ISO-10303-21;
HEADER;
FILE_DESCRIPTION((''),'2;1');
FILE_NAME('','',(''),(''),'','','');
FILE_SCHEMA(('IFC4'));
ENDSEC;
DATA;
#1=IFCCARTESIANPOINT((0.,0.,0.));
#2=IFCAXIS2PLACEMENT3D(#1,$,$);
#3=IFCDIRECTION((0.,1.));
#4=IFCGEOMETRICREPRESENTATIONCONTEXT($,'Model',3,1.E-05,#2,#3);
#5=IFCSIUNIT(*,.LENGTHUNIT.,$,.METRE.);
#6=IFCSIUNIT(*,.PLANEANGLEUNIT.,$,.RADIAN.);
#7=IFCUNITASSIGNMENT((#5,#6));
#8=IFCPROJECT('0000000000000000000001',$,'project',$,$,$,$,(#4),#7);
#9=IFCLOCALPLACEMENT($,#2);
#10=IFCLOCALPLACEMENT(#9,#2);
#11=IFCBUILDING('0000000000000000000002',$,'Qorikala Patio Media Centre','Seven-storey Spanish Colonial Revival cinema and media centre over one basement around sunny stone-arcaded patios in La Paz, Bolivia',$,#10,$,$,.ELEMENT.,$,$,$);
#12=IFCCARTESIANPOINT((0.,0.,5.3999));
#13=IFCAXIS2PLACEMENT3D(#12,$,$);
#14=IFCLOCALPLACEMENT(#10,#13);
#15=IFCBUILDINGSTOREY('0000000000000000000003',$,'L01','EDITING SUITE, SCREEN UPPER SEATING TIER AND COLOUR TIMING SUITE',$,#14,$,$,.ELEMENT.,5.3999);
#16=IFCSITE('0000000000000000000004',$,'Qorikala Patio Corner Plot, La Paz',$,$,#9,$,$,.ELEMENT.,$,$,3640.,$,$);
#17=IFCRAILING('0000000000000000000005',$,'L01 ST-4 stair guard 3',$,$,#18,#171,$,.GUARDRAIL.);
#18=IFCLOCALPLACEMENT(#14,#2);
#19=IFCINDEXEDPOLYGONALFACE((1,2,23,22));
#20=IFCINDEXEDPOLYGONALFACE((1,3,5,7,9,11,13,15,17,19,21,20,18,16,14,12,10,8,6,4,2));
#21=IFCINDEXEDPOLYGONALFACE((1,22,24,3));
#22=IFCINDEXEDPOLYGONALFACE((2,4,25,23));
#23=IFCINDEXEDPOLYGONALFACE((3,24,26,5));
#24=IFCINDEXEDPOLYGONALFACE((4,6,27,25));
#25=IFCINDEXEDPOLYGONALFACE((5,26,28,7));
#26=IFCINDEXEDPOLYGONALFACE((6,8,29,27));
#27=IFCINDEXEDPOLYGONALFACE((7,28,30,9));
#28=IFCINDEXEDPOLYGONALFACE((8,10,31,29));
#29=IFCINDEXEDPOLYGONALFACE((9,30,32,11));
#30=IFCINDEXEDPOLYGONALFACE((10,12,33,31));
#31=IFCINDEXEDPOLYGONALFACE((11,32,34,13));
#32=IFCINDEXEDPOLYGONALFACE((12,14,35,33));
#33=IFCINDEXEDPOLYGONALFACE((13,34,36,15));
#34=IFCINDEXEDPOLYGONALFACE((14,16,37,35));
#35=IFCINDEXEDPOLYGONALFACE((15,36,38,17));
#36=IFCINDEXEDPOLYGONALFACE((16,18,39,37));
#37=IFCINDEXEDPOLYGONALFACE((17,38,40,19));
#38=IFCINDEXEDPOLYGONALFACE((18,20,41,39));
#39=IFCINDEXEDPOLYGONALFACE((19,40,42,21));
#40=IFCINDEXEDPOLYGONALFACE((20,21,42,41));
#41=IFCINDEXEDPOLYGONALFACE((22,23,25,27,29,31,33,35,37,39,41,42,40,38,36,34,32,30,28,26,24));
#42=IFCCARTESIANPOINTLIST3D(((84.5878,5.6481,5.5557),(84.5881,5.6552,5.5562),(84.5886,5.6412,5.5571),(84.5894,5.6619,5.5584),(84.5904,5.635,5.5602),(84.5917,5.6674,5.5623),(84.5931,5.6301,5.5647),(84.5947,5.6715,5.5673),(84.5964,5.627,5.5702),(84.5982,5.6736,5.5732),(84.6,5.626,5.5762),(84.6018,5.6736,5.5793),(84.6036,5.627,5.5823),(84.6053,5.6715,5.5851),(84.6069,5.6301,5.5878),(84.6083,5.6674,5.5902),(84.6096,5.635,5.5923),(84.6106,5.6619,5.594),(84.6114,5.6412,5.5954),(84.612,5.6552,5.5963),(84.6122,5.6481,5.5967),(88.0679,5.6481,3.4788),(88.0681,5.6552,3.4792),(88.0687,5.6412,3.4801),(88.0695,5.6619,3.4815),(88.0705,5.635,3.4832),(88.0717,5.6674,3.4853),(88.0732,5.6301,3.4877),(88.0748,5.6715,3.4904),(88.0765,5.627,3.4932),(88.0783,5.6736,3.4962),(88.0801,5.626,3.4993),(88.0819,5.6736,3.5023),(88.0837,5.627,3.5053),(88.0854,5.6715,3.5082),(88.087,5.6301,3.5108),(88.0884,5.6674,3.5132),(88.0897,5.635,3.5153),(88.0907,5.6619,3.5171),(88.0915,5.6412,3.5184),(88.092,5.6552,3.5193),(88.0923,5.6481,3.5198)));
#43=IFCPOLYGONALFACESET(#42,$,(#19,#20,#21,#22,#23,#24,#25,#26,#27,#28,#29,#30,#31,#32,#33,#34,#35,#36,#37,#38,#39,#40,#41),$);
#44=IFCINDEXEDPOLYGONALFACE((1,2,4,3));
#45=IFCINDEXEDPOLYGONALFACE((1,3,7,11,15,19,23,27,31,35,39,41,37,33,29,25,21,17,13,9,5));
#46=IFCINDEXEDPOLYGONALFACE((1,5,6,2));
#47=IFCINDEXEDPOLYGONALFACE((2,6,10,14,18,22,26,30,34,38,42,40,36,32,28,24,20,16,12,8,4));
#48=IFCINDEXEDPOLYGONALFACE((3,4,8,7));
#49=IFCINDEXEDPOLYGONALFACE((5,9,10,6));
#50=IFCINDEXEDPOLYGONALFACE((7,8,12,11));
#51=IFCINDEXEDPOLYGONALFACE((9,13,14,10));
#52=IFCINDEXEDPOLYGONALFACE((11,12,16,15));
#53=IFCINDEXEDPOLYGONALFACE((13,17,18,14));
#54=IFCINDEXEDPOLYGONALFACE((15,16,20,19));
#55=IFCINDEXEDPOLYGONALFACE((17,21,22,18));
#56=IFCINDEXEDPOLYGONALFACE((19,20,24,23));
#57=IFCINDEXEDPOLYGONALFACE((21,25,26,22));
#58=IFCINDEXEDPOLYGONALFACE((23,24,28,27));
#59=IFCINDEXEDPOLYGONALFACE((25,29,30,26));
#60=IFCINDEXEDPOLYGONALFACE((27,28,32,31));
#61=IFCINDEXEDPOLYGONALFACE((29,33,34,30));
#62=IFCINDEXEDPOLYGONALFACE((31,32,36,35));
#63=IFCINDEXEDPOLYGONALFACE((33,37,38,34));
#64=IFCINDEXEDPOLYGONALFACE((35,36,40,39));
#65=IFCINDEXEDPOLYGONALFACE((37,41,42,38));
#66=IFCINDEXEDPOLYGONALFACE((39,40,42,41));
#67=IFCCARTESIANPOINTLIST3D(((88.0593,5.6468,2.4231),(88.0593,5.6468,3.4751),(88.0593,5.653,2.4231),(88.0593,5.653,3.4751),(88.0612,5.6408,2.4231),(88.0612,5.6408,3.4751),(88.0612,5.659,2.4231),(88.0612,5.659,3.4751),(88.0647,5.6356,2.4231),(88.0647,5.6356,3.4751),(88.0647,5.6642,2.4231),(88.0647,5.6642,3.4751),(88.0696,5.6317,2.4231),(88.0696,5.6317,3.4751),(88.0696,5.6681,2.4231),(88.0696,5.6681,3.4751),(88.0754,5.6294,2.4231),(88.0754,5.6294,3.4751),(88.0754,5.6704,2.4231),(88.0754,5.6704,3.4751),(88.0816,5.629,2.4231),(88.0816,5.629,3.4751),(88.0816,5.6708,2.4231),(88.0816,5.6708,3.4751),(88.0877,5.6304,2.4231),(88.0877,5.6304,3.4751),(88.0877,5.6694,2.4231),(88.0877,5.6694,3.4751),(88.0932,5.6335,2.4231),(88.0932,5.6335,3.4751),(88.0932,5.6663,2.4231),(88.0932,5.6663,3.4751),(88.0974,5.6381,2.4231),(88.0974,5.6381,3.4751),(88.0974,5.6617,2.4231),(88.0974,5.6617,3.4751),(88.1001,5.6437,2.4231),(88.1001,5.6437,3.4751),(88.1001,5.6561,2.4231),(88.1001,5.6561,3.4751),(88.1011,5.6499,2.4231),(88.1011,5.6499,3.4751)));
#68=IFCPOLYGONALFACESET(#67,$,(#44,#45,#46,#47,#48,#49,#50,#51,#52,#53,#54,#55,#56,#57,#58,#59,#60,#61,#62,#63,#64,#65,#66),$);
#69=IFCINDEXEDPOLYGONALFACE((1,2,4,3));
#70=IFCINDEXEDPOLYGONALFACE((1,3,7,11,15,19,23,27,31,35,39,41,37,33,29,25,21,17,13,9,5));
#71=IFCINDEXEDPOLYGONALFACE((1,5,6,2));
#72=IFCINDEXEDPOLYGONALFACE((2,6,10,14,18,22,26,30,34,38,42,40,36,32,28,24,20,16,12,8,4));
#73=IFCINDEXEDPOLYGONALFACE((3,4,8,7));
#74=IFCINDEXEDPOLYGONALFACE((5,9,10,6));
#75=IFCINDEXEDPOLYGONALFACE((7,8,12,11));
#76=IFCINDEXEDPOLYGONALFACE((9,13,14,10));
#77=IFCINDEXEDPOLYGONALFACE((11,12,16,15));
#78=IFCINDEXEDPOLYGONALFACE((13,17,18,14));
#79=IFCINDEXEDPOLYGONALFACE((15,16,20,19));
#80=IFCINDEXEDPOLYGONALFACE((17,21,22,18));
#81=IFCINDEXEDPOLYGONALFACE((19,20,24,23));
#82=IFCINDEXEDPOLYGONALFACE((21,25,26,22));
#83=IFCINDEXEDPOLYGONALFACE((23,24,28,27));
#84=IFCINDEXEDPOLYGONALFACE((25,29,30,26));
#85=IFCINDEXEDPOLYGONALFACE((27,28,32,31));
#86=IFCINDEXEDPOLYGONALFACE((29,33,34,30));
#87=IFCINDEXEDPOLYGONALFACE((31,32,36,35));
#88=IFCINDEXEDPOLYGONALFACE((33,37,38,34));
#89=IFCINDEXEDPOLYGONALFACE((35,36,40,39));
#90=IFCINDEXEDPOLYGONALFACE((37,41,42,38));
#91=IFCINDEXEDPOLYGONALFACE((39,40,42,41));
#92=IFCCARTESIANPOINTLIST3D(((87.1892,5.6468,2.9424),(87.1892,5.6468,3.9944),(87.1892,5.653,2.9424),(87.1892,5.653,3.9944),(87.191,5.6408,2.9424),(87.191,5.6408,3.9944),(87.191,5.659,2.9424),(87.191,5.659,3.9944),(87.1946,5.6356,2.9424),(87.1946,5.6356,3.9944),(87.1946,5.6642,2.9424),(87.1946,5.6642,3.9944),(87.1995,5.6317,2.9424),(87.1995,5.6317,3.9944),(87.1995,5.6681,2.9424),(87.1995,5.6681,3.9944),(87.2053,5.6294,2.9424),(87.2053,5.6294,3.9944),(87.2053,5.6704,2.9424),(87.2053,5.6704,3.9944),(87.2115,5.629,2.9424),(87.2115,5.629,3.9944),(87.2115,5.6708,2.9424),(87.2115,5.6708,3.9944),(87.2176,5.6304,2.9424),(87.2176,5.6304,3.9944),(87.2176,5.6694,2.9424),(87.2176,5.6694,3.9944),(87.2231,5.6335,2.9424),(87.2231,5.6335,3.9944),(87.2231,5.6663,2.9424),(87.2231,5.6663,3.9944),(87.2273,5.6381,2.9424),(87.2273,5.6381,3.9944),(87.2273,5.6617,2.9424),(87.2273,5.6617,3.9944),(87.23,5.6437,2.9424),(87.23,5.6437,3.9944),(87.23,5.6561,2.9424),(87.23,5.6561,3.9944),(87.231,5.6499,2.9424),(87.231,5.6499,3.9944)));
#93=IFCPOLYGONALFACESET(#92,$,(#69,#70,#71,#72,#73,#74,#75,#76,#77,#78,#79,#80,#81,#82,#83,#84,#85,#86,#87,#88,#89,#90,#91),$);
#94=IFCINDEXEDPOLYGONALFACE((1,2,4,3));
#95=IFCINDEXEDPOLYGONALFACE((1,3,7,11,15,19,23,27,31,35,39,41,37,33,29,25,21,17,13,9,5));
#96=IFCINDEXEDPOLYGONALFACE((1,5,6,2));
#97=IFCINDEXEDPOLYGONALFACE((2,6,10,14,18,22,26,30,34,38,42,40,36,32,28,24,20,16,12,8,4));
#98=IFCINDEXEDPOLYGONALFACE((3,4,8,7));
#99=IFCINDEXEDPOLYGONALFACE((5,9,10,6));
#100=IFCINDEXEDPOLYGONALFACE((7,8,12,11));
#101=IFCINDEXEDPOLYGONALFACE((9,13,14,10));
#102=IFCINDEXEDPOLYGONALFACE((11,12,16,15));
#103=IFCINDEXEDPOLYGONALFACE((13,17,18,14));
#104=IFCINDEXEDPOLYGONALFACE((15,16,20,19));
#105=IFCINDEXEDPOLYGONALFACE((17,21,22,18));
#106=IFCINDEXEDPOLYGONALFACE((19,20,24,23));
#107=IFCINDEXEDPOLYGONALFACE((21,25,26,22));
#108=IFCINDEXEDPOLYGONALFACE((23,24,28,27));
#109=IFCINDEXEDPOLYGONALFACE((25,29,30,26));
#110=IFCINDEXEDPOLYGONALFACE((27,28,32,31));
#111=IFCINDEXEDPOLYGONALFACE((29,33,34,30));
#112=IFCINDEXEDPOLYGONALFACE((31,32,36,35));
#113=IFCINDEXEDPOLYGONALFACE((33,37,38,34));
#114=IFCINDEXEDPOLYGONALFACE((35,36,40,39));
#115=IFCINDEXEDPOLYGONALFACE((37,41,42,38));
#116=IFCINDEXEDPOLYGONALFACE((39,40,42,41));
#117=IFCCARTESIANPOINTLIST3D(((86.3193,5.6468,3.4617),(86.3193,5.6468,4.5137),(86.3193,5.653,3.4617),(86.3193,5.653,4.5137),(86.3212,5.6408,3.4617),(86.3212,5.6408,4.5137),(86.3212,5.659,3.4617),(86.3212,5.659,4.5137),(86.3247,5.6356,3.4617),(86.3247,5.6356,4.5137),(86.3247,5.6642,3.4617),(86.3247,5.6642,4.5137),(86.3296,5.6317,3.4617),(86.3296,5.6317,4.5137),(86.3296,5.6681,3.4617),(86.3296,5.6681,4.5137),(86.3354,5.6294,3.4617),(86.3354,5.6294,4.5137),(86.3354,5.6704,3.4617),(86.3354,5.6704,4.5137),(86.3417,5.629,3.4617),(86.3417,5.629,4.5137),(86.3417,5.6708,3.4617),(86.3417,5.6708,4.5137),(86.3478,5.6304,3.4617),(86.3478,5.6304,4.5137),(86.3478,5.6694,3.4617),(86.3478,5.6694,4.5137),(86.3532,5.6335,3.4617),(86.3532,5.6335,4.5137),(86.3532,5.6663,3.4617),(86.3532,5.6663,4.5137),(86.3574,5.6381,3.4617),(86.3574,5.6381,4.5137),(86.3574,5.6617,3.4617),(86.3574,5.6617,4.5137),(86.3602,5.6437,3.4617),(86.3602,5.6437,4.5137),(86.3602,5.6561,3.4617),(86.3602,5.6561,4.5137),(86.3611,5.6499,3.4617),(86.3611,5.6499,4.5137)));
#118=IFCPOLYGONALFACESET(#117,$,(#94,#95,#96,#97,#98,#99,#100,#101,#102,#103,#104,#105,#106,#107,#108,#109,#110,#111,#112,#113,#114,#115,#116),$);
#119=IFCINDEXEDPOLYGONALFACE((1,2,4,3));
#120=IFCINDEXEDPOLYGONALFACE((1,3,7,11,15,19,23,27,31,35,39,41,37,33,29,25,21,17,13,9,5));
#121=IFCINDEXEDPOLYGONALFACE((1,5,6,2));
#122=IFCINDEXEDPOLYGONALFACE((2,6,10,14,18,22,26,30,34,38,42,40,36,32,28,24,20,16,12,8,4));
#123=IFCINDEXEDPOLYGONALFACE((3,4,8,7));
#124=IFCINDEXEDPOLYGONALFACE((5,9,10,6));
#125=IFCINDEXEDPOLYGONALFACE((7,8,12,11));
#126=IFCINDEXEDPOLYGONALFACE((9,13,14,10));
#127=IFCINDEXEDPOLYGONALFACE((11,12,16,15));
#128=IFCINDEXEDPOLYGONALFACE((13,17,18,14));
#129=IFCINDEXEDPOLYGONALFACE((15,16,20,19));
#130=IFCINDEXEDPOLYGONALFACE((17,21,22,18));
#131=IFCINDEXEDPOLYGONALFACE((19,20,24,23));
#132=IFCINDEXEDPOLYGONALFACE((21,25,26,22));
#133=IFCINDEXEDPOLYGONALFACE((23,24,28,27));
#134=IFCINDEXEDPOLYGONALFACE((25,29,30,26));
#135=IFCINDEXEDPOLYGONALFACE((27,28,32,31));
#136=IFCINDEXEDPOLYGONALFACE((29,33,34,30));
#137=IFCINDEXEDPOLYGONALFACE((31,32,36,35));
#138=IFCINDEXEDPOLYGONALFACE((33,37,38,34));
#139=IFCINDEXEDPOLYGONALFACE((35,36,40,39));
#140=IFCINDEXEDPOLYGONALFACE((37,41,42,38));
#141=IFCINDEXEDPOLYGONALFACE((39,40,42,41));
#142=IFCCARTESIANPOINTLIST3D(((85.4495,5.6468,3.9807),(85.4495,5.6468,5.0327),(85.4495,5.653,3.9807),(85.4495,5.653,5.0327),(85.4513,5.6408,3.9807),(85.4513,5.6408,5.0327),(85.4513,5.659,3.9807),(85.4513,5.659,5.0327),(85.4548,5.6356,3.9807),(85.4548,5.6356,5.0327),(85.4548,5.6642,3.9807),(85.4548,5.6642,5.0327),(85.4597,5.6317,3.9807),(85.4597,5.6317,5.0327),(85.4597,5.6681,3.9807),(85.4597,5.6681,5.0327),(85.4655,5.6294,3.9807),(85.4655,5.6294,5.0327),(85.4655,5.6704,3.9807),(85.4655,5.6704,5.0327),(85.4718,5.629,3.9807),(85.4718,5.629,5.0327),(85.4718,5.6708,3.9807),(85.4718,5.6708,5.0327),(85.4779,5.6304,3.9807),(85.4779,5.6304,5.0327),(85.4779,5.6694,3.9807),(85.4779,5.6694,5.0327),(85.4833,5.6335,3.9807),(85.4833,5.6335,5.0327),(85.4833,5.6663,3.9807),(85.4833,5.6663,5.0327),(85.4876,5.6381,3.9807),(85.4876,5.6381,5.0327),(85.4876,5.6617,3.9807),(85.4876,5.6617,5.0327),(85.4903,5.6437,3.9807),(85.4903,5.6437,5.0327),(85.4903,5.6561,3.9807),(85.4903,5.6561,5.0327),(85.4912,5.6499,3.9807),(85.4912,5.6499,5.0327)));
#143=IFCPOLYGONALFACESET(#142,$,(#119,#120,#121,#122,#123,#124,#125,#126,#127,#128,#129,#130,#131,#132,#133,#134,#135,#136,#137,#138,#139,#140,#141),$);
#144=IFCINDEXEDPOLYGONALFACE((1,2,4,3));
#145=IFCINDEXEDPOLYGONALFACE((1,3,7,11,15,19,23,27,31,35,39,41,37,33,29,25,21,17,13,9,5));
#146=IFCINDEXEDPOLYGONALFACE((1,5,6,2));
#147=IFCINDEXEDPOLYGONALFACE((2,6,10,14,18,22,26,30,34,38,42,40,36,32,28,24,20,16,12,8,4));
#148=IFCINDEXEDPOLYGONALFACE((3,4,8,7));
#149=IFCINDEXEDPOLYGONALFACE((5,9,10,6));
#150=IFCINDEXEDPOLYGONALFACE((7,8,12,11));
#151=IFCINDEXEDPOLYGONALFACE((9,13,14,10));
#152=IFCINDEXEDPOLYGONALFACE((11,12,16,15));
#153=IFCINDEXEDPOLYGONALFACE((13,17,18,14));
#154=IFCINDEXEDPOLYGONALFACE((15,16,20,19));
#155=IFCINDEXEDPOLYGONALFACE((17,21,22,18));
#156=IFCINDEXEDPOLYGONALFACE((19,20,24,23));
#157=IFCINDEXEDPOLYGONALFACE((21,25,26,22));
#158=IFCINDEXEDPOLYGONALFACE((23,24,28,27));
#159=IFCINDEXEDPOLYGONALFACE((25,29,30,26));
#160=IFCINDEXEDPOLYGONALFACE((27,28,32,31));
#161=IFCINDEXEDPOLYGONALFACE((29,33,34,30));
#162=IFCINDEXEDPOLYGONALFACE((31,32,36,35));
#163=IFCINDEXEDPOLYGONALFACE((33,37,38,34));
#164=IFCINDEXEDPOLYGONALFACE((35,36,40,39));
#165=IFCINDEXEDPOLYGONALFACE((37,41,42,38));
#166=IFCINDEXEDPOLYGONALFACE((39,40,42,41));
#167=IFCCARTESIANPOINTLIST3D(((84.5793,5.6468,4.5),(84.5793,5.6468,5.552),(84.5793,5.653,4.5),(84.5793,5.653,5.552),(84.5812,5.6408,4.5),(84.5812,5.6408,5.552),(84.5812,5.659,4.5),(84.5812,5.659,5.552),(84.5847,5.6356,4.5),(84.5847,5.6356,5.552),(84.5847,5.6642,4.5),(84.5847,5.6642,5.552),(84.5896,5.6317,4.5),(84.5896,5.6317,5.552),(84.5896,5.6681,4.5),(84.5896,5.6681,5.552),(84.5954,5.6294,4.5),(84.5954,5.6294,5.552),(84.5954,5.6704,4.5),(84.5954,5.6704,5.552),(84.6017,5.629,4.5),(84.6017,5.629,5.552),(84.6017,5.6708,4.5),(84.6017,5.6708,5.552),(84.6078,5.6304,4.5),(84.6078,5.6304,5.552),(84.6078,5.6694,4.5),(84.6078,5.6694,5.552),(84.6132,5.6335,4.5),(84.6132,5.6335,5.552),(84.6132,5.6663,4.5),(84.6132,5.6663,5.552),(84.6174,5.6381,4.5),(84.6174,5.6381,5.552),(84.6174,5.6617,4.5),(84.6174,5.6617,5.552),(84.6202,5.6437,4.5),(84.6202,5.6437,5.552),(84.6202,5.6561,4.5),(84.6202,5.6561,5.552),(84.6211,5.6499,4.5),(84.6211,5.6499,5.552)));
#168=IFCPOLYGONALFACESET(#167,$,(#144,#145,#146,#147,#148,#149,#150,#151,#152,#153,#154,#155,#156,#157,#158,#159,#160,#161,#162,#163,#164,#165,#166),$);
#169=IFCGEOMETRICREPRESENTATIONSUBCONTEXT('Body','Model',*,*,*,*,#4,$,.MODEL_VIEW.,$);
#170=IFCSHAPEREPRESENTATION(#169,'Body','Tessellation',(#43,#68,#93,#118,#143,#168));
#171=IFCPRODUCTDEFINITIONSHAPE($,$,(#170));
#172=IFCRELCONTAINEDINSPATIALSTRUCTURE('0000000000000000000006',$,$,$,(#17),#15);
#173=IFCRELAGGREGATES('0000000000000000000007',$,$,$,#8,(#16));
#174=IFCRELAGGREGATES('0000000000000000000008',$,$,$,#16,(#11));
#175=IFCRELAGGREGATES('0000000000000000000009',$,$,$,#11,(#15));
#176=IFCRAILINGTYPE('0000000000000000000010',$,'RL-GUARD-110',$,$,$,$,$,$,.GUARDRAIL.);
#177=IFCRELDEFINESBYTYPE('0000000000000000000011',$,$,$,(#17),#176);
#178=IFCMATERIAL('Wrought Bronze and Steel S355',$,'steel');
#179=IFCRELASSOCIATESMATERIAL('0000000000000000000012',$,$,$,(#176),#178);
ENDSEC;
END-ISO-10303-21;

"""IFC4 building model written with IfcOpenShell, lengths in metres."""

from ifc_helpers import new_model, si_unit, direction, frame, origin, origin_2d, place, context, subcontext, project, spatial, circle, extrude, material, type_object, element, save


model = new_model("IFC4")

# Units and contexts
model_context = context("Model", 3, precision=1e-05, world=origin(), true_north=direction((0.0, 1.0)))
body_context = subcontext(model_context, "Body", "Model", "MODEL_VIEW")
ifc_project = project(units=[si_unit("LENGTHUNIT", "METRE"), si_unit("PLANEANGLEUNIT", "RADIAN")], contexts=[model_context])

# Site, building, storey
site_placement = place(None, origin())
site = spatial("IfcSite", under=ifc_project, at=site_placement, Name="Qorikala Patio Corner Plot, La Paz", CompositionType="ELEMENT", RefElevation=3640.0)
building_placement = place(site_placement, origin())
building = spatial("IfcBuilding", under=site, at=building_placement, Name="Qorikala Patio Media Centre", Description="Seven-storey Spanish Colonial Revival cinema and media centre over one basement around sunny stone-arcaded patios in La Paz, Bolivia", CompositionType="ELEMENT")
storey_placement = place(building_placement, frame((0.0, 0.0, 5.3999)))
storey = spatial("IfcBuildingStorey", under=building, at=storey_placement, Name="L01", Description="EDITING SUITE, SCREEN UPPER SEATING TIER AND COLOUR TIMING SUITE", CompositionType="ELEMENT", Elevation=5.3999)

# Railing
ifc_material_1 = material(Name="Wrought Bronze and Steel S355", Category="steel")
railing_type_1 = type_object("IfcRailingType", Name="RL-GUARD-110", PredefinedType="GUARDRAIL", material=ifc_material_1)
railing_1_placement = place(storey_placement, frame((88.0801, 5.6499, 2.4231)))
element("IfcRailing", 1, at=railing_1_placement, inside=storey, type_object=railing_type_1, Name="L01 ST-4 stair guard 3", PredefinedType="GUARDRAIL", context=body_context, shape_type="SweptSolid", body=[
    extrude(circle(Radius=0.0239, at=origin_2d()), frame((0.0, 0.0, 1.0762), z_axis=(-0.858697, 0.0, 0.512483), x_axis=(0.0, -1.0, 0.0)), (0.0, 0.0, 1.0), 4.0527),
    extrude(circle(Radius=0.021, at=origin_2d()), origin(), (0.0, 0.0, 1.0), 1.052),
    extrude(circle(Radius=0.021, at=origin_2d()), frame((-0.8701, 0.0, 0.5193)), (0.0, 0.0, 1.0), 1.052),
    extrude(circle(Radius=0.021, at=origin_2d()), frame((-1.74, 0.0, 1.0386)), (0.0, 0.0, 1.0), 1.052),
    extrude(circle(Radius=0.021, at=origin_2d()), frame((-2.6099, 0.0, 1.5576)), (0.0, 0.0, 1.0), 1.052),
    extrude(circle(Radius=0.021, at=origin_2d()), frame((-3.48, 0.0, 2.0769)), (0.0, 0.0, 1.0), 1.052),
])

save(model, "model.ifc")
